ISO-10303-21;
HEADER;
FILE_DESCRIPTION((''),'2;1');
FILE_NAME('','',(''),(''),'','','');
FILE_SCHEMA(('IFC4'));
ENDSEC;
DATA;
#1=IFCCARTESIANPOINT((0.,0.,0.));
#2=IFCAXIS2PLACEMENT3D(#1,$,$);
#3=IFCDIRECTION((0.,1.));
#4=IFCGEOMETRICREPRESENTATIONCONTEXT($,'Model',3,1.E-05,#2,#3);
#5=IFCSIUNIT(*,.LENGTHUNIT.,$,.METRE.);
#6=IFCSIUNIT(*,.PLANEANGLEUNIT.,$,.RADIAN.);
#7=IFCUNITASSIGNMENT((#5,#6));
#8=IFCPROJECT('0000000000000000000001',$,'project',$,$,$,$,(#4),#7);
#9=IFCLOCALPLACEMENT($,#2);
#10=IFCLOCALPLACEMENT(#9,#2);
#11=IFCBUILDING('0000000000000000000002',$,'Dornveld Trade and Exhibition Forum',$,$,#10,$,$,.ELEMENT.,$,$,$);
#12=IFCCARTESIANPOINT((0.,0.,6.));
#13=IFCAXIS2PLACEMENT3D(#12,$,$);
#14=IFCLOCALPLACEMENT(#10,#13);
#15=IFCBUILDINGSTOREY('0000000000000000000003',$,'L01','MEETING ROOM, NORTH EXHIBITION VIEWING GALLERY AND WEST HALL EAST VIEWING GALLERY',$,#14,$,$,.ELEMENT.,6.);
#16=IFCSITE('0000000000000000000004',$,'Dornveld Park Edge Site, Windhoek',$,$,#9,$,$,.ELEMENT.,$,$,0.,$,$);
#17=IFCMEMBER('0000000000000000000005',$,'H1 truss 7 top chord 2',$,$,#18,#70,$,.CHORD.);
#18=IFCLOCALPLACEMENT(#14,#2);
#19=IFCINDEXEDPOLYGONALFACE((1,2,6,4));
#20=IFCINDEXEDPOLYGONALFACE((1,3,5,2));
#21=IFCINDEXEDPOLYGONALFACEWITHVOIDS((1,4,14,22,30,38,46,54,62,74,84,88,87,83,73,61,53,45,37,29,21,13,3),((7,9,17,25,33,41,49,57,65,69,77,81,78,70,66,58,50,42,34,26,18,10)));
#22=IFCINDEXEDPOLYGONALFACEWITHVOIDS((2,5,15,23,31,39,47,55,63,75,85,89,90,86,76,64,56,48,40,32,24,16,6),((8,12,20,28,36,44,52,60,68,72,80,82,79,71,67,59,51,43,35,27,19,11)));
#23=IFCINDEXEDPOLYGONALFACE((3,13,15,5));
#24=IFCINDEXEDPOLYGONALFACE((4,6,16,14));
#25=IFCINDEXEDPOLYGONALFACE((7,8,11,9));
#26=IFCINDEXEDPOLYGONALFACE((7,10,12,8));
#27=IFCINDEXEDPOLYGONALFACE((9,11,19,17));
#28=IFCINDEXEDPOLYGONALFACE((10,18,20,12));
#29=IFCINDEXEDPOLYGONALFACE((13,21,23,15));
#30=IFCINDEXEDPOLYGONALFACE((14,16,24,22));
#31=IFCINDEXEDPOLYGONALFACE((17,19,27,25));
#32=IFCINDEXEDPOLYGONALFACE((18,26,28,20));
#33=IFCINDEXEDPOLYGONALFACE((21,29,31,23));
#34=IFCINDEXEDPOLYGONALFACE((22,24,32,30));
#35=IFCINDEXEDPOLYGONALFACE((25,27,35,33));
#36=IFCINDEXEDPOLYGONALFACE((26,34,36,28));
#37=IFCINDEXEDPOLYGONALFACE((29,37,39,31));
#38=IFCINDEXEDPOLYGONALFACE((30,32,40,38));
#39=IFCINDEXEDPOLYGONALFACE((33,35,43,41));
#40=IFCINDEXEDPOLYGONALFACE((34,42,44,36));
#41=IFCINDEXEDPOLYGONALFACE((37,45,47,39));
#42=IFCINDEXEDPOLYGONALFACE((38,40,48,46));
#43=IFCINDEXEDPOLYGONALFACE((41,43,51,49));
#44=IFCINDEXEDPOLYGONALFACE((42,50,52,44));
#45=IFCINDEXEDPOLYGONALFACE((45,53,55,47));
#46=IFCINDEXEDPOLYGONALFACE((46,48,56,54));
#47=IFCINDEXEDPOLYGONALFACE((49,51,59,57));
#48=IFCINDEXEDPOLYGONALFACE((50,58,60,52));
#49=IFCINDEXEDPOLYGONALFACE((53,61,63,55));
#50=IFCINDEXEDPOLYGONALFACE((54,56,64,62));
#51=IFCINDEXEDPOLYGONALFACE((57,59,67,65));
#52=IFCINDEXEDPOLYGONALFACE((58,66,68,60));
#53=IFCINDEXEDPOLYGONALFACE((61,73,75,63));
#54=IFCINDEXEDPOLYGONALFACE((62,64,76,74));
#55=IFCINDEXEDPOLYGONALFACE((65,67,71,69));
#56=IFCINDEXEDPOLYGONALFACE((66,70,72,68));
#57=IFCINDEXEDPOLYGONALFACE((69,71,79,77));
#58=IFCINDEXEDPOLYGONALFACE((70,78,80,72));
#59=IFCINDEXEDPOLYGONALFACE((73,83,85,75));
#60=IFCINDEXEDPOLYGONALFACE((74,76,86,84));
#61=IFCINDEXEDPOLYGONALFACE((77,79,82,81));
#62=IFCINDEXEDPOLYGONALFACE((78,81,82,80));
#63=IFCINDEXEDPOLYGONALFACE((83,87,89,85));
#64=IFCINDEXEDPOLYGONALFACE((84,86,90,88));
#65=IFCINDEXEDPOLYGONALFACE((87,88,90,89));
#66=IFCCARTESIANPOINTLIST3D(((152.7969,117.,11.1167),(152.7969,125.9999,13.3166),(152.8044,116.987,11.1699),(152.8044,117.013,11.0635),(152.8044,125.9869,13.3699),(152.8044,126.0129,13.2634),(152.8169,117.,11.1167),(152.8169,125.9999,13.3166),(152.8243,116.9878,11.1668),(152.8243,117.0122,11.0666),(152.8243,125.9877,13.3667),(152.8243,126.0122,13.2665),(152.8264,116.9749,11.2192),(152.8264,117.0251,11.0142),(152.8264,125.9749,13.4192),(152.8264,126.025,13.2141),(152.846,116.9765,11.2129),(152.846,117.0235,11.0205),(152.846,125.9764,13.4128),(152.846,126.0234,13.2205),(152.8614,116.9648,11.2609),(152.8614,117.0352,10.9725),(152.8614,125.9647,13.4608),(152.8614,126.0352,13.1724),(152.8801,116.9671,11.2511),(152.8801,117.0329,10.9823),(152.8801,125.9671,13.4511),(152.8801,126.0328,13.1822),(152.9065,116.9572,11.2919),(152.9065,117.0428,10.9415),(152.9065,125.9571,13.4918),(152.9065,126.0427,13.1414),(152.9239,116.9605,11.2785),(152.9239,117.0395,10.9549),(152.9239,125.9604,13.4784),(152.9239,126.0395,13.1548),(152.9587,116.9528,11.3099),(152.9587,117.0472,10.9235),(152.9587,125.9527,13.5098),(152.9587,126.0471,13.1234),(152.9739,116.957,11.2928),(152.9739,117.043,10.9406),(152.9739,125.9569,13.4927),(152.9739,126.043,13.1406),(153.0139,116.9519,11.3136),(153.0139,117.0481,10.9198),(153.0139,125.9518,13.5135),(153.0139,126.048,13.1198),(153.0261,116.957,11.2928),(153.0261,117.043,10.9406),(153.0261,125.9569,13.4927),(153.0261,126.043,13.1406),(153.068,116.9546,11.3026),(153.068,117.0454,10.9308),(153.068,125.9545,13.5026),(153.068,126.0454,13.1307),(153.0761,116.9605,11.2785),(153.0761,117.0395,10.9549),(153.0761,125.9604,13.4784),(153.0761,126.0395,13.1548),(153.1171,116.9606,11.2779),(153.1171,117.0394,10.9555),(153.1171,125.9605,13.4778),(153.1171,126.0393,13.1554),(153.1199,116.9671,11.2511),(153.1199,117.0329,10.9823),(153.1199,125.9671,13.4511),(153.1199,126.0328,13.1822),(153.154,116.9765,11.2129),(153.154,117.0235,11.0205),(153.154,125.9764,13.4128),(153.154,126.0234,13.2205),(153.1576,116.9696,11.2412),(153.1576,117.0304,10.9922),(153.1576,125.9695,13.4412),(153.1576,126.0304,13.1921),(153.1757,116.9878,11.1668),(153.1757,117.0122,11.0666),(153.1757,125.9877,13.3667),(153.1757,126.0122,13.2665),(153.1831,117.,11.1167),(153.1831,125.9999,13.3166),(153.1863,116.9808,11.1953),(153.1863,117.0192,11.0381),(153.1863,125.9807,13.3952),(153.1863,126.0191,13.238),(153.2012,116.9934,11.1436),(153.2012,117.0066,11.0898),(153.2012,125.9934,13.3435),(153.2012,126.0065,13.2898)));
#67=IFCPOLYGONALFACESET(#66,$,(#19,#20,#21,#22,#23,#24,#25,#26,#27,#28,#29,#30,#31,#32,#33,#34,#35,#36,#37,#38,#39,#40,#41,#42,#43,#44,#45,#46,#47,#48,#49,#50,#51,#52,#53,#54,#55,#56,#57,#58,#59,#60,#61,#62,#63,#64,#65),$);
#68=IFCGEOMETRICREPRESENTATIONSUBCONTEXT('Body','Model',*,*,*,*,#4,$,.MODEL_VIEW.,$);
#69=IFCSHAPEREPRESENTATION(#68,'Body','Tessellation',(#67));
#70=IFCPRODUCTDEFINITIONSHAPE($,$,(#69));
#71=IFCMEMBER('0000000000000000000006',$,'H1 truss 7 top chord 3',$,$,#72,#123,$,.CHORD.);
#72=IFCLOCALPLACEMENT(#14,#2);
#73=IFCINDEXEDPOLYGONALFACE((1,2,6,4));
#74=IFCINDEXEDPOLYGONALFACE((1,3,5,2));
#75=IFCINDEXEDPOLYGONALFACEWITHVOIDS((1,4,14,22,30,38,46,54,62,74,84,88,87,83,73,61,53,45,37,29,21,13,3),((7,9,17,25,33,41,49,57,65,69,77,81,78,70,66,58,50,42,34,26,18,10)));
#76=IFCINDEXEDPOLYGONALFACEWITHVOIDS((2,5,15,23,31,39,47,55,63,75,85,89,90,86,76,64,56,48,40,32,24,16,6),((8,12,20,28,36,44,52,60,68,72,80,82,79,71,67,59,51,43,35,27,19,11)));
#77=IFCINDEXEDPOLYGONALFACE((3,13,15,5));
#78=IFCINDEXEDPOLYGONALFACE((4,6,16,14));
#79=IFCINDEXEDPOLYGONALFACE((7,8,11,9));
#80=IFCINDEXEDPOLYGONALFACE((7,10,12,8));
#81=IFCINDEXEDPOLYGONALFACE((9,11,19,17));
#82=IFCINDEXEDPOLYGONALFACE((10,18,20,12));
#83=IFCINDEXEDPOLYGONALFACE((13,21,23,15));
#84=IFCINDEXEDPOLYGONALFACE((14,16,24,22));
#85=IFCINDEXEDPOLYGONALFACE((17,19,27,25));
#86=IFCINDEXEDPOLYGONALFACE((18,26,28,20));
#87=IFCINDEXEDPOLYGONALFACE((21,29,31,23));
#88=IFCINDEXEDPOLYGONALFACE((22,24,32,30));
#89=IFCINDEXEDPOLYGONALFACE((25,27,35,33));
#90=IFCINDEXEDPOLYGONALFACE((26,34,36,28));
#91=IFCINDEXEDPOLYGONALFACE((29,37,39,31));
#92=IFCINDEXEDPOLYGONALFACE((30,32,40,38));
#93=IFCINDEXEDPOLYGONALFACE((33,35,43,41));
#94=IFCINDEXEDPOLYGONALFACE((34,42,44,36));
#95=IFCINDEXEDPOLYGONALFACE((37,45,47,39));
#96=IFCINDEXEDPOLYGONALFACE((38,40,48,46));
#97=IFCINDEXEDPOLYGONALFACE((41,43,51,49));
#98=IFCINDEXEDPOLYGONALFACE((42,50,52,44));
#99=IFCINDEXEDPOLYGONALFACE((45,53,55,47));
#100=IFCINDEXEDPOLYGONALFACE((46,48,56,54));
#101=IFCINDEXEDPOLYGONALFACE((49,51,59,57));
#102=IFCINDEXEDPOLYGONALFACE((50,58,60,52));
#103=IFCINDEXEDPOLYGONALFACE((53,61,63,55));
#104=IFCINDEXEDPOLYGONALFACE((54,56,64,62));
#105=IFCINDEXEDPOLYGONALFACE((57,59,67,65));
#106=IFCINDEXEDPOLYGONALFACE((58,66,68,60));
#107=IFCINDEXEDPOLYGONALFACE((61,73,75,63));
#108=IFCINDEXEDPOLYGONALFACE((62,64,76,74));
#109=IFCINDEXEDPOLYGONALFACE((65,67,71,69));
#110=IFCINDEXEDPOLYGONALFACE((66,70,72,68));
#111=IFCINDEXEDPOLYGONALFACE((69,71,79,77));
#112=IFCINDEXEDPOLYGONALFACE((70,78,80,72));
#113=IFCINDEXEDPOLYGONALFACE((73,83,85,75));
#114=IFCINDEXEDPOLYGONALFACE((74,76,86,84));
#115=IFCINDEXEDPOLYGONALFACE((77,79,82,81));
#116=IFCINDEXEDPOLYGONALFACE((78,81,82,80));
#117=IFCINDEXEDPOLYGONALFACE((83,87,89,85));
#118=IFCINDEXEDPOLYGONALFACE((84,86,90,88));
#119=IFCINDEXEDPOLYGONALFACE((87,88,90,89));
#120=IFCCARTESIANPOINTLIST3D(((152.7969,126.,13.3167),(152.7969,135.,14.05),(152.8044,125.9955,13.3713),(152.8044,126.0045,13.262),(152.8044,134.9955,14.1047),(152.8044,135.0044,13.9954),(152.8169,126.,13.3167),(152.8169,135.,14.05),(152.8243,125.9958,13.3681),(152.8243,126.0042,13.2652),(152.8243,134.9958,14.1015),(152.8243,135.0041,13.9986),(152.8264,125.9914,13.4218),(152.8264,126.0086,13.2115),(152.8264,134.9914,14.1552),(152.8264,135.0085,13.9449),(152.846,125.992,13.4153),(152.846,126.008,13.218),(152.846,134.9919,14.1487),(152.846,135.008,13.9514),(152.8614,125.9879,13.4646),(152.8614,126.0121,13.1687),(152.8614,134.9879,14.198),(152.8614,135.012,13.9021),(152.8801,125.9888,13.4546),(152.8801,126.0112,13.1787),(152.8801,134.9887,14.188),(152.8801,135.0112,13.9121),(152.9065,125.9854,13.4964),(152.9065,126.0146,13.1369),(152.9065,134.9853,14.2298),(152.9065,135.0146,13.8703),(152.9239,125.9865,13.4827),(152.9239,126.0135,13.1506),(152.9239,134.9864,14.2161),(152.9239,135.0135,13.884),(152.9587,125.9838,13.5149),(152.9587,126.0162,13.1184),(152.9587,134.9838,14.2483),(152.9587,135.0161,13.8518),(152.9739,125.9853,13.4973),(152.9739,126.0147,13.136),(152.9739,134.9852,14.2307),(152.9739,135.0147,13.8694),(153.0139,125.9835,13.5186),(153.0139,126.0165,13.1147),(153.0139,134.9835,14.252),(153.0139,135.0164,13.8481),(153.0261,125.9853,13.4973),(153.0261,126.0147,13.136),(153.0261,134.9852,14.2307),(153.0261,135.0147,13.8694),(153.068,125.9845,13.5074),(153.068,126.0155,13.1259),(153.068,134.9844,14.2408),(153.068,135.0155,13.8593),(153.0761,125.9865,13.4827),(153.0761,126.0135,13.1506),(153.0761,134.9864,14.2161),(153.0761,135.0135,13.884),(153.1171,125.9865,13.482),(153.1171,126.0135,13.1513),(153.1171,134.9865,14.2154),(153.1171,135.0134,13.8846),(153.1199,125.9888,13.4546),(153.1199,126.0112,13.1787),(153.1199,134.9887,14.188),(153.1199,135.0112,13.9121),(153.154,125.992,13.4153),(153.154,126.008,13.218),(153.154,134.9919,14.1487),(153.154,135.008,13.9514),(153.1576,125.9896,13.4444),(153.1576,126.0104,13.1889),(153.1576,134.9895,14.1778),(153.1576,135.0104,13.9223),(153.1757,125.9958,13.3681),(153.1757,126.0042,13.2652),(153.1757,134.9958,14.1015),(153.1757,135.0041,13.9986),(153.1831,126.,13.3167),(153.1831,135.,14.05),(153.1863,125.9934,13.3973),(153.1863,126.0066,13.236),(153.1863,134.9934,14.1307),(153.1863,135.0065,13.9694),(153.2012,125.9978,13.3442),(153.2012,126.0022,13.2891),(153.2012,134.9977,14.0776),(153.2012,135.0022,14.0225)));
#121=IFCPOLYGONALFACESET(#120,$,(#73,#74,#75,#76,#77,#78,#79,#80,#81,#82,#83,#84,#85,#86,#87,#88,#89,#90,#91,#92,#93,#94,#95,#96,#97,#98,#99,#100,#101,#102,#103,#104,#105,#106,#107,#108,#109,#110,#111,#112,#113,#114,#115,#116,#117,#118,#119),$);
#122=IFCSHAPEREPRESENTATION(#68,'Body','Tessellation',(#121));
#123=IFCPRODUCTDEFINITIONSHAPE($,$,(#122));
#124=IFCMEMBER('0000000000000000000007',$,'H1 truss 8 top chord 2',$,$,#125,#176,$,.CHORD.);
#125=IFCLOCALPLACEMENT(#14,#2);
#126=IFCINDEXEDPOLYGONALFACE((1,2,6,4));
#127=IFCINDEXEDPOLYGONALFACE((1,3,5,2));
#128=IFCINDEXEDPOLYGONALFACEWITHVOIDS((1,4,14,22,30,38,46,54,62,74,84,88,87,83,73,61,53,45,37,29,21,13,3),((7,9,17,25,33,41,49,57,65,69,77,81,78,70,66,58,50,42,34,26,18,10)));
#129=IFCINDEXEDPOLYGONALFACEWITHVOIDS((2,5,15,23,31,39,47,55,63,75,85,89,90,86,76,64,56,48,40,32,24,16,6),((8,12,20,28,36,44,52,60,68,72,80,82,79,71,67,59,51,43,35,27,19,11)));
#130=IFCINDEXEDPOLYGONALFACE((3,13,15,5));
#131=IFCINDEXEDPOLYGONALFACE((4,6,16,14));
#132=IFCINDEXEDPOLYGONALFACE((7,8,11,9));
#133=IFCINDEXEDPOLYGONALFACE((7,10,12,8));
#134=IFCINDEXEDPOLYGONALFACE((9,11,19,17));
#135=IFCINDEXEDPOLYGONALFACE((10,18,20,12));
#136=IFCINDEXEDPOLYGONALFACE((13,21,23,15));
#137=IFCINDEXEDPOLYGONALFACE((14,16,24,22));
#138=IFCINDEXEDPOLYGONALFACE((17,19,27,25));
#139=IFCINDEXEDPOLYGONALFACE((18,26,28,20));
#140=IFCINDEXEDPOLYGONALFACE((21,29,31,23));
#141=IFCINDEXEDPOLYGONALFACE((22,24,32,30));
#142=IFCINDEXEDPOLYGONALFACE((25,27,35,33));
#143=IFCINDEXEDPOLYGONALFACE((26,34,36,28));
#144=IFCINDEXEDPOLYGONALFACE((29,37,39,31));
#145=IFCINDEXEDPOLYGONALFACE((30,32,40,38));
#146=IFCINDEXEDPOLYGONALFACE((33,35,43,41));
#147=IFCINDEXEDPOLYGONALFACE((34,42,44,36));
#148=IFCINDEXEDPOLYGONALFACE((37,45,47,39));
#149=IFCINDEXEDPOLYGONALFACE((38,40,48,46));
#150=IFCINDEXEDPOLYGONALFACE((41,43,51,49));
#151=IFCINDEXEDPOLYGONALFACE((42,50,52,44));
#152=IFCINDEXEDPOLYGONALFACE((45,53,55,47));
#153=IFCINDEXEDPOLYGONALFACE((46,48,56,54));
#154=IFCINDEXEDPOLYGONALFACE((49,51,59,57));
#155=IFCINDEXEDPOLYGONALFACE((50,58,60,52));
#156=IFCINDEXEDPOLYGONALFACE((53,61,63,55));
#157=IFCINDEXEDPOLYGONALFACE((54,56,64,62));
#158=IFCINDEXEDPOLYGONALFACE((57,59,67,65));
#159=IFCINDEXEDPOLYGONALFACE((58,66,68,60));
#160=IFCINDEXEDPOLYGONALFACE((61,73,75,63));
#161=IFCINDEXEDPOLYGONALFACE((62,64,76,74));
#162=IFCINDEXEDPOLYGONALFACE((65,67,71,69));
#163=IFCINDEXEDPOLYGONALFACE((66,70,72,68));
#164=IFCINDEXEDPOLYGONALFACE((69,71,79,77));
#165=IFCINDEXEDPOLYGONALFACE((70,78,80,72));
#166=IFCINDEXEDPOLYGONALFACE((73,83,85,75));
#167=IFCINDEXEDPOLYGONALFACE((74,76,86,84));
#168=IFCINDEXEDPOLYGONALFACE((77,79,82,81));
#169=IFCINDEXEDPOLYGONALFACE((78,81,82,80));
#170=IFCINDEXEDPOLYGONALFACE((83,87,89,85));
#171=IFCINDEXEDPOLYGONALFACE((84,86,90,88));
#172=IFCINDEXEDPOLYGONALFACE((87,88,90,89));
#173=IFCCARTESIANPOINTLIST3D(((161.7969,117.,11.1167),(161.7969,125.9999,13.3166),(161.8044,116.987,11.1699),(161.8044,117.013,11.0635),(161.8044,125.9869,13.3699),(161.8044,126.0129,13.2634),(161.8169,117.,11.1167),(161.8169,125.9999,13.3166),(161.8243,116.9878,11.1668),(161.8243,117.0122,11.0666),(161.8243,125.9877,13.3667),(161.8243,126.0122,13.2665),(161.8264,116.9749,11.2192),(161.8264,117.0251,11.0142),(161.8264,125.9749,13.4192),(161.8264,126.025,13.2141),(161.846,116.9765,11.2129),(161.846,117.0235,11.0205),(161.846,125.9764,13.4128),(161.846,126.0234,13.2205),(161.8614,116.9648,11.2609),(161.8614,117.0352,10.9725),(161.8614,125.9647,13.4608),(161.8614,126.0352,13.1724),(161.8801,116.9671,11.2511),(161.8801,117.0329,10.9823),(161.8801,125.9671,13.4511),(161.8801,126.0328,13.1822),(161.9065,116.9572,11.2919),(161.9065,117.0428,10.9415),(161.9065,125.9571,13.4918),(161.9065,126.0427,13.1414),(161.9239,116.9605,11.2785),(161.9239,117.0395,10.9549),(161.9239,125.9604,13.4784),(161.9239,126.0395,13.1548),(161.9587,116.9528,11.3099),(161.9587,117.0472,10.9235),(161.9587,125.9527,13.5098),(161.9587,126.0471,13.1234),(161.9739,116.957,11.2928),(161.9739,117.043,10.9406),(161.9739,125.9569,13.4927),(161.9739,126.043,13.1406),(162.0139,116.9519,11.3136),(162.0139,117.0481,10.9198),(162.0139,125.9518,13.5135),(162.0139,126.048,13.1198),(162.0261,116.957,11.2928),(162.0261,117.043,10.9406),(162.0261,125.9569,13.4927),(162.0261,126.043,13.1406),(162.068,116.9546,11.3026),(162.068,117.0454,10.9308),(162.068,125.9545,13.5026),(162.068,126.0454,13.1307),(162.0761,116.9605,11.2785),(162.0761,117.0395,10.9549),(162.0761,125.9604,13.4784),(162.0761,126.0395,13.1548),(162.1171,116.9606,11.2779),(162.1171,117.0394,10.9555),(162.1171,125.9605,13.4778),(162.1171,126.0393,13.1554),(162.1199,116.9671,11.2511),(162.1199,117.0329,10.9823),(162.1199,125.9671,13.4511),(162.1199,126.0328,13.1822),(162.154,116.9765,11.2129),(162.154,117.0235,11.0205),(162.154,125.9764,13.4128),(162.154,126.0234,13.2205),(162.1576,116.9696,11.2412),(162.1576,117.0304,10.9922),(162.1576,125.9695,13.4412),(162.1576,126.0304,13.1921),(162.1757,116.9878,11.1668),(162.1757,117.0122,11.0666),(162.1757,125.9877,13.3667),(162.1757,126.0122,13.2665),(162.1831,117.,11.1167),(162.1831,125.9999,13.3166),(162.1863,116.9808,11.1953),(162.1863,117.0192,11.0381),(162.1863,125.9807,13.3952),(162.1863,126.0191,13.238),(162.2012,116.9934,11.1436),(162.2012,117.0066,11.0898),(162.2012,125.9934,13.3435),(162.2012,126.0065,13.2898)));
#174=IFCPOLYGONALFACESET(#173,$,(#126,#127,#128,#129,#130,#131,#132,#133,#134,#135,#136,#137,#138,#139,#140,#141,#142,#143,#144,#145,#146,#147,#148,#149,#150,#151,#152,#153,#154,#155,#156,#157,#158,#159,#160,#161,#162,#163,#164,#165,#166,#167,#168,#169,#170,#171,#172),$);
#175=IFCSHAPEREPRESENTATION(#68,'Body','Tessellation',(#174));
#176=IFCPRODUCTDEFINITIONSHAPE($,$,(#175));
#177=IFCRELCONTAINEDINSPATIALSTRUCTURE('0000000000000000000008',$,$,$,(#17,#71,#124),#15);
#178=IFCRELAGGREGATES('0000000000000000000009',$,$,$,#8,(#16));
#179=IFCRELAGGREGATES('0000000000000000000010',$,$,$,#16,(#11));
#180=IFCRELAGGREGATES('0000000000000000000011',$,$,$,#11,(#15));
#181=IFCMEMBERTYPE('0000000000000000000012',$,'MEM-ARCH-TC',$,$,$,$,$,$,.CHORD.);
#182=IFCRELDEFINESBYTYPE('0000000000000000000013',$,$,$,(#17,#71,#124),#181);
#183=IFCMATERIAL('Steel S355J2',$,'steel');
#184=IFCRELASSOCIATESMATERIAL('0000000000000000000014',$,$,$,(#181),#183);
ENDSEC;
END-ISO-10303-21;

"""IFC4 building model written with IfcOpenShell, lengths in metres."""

from ifc_helpers import new_model, si_unit, direction, frame, origin, origin_2d, place, context, subcontext, project, spatial, hollow_circle, extrude, material, material_profile, profile_set, type_object, element, save


model = new_model("IFC4")

# Units and contexts
model_context = context("Model", 3, precision=1e-05, world=origin(), true_north=direction((0.0, 1.0)))
body_context = subcontext(model_context, "Body", "Model", "MODEL_VIEW")
ifc_project = project(units=[si_unit("LENGTHUNIT", "METRE"), si_unit("PLANEANGLEUNIT", "RADIAN")], contexts=[model_context])

# Site, building, storey
site_placement = place(None, origin())
site = spatial("IfcSite", under=ifc_project, at=site_placement, Name="Dornveld Park Edge Site, Windhoek", CompositionType="ELEMENT", RefElevation=0.0)
building_placement = place(site_placement, origin())
building = spatial("IfcBuilding", under=site, at=building_placement, Name="Dornveld Trade and Exhibition Forum", CompositionType="ELEMENT")
storey_placement = place(building_placement, frame((0.0, 0.0, 6.0)))
storey = spatial("IfcBuildingStorey", under=building, at=storey_placement, Name="L01", Description="MEETING ROOM, NORTH EXHIBITION VIEWING GALLERY AND WEST HALL EAST VIEWING GALLERY", CompositionType="ELEMENT", Elevation=6.0)

# Members
ifc_material_1 = material(Name="Steel S355J2", Category="steel")
ifc_material_profile_1 = material_profile(ifc_material_1, hollow_circle(Radius=0.2031, WallThickness=0.02, at=origin_2d()), Name="CHS 406.4x20")
ifc_profile_set_1 = profile_set([ifc_material_profile_1], Name="Steel S355J2")
member_type_1 = type_object("IfcMemberType", Name="MEM-ARCH-TC", PredefinedType="CHORD", material=ifc_profile_set_1)
member_1_placement = place(storey_placement, frame((153.0, 117.0, 11.1167), z_axis=(0.0, 0.9714, 0.237448), x_axis=(-1.0, 0.0, 0.0)))
element("IfcMember", 1, at=member_1_placement, inside=storey, type_object=member_type_1, Name="H1 truss 7 top chord 2", PredefinedType="CHORD", context=body_context, shape_type="SweptSolid", body=[
    extrude(hollow_circle(Radius=0.2031, WallThickness=0.02, at=origin_2d()), origin(), (0.0, 0.0, 1.0), 9.2649),
])
member_2_placement = place(storey_placement, frame((153.0, 126.0, 13.3167), z_axis=(0.0, 0.996696, 0.081219), x_axis=(-1.0, 0.0, 0.0)))
element("IfcMember", 2, at=member_2_placement, inside=storey, type_object=member_type_1, Name="H1 truss 7 top chord 3", PredefinedType="CHORD", context=body_context, shape_type="SweptSolid", body=[
    extrude(hollow_circle(Radius=0.2031, WallThickness=0.02, at=origin_2d()), origin(), (0.0, 0.0, 1.0), 9.0298),
])
member_3_placement = place(storey_placement, frame((162.0, 117.0, 11.1167), z_axis=(0.0, 0.9714, 0.237448), x_axis=(-1.0, 0.0, 0.0)))
element("IfcMember", 3, at=member_3_placement, inside=storey, type_object=member_type_1, Name="H1 truss 8 top chord 2", PredefinedType="CHORD", context=body_context, shape_type="SweptSolid", body=[
    extrude(hollow_circle(Radius=0.2031, WallThickness=0.02, at=origin_2d()), origin(), (0.0, 0.0, 1.0), 9.2649),
])

save(model, "model.ifc")
